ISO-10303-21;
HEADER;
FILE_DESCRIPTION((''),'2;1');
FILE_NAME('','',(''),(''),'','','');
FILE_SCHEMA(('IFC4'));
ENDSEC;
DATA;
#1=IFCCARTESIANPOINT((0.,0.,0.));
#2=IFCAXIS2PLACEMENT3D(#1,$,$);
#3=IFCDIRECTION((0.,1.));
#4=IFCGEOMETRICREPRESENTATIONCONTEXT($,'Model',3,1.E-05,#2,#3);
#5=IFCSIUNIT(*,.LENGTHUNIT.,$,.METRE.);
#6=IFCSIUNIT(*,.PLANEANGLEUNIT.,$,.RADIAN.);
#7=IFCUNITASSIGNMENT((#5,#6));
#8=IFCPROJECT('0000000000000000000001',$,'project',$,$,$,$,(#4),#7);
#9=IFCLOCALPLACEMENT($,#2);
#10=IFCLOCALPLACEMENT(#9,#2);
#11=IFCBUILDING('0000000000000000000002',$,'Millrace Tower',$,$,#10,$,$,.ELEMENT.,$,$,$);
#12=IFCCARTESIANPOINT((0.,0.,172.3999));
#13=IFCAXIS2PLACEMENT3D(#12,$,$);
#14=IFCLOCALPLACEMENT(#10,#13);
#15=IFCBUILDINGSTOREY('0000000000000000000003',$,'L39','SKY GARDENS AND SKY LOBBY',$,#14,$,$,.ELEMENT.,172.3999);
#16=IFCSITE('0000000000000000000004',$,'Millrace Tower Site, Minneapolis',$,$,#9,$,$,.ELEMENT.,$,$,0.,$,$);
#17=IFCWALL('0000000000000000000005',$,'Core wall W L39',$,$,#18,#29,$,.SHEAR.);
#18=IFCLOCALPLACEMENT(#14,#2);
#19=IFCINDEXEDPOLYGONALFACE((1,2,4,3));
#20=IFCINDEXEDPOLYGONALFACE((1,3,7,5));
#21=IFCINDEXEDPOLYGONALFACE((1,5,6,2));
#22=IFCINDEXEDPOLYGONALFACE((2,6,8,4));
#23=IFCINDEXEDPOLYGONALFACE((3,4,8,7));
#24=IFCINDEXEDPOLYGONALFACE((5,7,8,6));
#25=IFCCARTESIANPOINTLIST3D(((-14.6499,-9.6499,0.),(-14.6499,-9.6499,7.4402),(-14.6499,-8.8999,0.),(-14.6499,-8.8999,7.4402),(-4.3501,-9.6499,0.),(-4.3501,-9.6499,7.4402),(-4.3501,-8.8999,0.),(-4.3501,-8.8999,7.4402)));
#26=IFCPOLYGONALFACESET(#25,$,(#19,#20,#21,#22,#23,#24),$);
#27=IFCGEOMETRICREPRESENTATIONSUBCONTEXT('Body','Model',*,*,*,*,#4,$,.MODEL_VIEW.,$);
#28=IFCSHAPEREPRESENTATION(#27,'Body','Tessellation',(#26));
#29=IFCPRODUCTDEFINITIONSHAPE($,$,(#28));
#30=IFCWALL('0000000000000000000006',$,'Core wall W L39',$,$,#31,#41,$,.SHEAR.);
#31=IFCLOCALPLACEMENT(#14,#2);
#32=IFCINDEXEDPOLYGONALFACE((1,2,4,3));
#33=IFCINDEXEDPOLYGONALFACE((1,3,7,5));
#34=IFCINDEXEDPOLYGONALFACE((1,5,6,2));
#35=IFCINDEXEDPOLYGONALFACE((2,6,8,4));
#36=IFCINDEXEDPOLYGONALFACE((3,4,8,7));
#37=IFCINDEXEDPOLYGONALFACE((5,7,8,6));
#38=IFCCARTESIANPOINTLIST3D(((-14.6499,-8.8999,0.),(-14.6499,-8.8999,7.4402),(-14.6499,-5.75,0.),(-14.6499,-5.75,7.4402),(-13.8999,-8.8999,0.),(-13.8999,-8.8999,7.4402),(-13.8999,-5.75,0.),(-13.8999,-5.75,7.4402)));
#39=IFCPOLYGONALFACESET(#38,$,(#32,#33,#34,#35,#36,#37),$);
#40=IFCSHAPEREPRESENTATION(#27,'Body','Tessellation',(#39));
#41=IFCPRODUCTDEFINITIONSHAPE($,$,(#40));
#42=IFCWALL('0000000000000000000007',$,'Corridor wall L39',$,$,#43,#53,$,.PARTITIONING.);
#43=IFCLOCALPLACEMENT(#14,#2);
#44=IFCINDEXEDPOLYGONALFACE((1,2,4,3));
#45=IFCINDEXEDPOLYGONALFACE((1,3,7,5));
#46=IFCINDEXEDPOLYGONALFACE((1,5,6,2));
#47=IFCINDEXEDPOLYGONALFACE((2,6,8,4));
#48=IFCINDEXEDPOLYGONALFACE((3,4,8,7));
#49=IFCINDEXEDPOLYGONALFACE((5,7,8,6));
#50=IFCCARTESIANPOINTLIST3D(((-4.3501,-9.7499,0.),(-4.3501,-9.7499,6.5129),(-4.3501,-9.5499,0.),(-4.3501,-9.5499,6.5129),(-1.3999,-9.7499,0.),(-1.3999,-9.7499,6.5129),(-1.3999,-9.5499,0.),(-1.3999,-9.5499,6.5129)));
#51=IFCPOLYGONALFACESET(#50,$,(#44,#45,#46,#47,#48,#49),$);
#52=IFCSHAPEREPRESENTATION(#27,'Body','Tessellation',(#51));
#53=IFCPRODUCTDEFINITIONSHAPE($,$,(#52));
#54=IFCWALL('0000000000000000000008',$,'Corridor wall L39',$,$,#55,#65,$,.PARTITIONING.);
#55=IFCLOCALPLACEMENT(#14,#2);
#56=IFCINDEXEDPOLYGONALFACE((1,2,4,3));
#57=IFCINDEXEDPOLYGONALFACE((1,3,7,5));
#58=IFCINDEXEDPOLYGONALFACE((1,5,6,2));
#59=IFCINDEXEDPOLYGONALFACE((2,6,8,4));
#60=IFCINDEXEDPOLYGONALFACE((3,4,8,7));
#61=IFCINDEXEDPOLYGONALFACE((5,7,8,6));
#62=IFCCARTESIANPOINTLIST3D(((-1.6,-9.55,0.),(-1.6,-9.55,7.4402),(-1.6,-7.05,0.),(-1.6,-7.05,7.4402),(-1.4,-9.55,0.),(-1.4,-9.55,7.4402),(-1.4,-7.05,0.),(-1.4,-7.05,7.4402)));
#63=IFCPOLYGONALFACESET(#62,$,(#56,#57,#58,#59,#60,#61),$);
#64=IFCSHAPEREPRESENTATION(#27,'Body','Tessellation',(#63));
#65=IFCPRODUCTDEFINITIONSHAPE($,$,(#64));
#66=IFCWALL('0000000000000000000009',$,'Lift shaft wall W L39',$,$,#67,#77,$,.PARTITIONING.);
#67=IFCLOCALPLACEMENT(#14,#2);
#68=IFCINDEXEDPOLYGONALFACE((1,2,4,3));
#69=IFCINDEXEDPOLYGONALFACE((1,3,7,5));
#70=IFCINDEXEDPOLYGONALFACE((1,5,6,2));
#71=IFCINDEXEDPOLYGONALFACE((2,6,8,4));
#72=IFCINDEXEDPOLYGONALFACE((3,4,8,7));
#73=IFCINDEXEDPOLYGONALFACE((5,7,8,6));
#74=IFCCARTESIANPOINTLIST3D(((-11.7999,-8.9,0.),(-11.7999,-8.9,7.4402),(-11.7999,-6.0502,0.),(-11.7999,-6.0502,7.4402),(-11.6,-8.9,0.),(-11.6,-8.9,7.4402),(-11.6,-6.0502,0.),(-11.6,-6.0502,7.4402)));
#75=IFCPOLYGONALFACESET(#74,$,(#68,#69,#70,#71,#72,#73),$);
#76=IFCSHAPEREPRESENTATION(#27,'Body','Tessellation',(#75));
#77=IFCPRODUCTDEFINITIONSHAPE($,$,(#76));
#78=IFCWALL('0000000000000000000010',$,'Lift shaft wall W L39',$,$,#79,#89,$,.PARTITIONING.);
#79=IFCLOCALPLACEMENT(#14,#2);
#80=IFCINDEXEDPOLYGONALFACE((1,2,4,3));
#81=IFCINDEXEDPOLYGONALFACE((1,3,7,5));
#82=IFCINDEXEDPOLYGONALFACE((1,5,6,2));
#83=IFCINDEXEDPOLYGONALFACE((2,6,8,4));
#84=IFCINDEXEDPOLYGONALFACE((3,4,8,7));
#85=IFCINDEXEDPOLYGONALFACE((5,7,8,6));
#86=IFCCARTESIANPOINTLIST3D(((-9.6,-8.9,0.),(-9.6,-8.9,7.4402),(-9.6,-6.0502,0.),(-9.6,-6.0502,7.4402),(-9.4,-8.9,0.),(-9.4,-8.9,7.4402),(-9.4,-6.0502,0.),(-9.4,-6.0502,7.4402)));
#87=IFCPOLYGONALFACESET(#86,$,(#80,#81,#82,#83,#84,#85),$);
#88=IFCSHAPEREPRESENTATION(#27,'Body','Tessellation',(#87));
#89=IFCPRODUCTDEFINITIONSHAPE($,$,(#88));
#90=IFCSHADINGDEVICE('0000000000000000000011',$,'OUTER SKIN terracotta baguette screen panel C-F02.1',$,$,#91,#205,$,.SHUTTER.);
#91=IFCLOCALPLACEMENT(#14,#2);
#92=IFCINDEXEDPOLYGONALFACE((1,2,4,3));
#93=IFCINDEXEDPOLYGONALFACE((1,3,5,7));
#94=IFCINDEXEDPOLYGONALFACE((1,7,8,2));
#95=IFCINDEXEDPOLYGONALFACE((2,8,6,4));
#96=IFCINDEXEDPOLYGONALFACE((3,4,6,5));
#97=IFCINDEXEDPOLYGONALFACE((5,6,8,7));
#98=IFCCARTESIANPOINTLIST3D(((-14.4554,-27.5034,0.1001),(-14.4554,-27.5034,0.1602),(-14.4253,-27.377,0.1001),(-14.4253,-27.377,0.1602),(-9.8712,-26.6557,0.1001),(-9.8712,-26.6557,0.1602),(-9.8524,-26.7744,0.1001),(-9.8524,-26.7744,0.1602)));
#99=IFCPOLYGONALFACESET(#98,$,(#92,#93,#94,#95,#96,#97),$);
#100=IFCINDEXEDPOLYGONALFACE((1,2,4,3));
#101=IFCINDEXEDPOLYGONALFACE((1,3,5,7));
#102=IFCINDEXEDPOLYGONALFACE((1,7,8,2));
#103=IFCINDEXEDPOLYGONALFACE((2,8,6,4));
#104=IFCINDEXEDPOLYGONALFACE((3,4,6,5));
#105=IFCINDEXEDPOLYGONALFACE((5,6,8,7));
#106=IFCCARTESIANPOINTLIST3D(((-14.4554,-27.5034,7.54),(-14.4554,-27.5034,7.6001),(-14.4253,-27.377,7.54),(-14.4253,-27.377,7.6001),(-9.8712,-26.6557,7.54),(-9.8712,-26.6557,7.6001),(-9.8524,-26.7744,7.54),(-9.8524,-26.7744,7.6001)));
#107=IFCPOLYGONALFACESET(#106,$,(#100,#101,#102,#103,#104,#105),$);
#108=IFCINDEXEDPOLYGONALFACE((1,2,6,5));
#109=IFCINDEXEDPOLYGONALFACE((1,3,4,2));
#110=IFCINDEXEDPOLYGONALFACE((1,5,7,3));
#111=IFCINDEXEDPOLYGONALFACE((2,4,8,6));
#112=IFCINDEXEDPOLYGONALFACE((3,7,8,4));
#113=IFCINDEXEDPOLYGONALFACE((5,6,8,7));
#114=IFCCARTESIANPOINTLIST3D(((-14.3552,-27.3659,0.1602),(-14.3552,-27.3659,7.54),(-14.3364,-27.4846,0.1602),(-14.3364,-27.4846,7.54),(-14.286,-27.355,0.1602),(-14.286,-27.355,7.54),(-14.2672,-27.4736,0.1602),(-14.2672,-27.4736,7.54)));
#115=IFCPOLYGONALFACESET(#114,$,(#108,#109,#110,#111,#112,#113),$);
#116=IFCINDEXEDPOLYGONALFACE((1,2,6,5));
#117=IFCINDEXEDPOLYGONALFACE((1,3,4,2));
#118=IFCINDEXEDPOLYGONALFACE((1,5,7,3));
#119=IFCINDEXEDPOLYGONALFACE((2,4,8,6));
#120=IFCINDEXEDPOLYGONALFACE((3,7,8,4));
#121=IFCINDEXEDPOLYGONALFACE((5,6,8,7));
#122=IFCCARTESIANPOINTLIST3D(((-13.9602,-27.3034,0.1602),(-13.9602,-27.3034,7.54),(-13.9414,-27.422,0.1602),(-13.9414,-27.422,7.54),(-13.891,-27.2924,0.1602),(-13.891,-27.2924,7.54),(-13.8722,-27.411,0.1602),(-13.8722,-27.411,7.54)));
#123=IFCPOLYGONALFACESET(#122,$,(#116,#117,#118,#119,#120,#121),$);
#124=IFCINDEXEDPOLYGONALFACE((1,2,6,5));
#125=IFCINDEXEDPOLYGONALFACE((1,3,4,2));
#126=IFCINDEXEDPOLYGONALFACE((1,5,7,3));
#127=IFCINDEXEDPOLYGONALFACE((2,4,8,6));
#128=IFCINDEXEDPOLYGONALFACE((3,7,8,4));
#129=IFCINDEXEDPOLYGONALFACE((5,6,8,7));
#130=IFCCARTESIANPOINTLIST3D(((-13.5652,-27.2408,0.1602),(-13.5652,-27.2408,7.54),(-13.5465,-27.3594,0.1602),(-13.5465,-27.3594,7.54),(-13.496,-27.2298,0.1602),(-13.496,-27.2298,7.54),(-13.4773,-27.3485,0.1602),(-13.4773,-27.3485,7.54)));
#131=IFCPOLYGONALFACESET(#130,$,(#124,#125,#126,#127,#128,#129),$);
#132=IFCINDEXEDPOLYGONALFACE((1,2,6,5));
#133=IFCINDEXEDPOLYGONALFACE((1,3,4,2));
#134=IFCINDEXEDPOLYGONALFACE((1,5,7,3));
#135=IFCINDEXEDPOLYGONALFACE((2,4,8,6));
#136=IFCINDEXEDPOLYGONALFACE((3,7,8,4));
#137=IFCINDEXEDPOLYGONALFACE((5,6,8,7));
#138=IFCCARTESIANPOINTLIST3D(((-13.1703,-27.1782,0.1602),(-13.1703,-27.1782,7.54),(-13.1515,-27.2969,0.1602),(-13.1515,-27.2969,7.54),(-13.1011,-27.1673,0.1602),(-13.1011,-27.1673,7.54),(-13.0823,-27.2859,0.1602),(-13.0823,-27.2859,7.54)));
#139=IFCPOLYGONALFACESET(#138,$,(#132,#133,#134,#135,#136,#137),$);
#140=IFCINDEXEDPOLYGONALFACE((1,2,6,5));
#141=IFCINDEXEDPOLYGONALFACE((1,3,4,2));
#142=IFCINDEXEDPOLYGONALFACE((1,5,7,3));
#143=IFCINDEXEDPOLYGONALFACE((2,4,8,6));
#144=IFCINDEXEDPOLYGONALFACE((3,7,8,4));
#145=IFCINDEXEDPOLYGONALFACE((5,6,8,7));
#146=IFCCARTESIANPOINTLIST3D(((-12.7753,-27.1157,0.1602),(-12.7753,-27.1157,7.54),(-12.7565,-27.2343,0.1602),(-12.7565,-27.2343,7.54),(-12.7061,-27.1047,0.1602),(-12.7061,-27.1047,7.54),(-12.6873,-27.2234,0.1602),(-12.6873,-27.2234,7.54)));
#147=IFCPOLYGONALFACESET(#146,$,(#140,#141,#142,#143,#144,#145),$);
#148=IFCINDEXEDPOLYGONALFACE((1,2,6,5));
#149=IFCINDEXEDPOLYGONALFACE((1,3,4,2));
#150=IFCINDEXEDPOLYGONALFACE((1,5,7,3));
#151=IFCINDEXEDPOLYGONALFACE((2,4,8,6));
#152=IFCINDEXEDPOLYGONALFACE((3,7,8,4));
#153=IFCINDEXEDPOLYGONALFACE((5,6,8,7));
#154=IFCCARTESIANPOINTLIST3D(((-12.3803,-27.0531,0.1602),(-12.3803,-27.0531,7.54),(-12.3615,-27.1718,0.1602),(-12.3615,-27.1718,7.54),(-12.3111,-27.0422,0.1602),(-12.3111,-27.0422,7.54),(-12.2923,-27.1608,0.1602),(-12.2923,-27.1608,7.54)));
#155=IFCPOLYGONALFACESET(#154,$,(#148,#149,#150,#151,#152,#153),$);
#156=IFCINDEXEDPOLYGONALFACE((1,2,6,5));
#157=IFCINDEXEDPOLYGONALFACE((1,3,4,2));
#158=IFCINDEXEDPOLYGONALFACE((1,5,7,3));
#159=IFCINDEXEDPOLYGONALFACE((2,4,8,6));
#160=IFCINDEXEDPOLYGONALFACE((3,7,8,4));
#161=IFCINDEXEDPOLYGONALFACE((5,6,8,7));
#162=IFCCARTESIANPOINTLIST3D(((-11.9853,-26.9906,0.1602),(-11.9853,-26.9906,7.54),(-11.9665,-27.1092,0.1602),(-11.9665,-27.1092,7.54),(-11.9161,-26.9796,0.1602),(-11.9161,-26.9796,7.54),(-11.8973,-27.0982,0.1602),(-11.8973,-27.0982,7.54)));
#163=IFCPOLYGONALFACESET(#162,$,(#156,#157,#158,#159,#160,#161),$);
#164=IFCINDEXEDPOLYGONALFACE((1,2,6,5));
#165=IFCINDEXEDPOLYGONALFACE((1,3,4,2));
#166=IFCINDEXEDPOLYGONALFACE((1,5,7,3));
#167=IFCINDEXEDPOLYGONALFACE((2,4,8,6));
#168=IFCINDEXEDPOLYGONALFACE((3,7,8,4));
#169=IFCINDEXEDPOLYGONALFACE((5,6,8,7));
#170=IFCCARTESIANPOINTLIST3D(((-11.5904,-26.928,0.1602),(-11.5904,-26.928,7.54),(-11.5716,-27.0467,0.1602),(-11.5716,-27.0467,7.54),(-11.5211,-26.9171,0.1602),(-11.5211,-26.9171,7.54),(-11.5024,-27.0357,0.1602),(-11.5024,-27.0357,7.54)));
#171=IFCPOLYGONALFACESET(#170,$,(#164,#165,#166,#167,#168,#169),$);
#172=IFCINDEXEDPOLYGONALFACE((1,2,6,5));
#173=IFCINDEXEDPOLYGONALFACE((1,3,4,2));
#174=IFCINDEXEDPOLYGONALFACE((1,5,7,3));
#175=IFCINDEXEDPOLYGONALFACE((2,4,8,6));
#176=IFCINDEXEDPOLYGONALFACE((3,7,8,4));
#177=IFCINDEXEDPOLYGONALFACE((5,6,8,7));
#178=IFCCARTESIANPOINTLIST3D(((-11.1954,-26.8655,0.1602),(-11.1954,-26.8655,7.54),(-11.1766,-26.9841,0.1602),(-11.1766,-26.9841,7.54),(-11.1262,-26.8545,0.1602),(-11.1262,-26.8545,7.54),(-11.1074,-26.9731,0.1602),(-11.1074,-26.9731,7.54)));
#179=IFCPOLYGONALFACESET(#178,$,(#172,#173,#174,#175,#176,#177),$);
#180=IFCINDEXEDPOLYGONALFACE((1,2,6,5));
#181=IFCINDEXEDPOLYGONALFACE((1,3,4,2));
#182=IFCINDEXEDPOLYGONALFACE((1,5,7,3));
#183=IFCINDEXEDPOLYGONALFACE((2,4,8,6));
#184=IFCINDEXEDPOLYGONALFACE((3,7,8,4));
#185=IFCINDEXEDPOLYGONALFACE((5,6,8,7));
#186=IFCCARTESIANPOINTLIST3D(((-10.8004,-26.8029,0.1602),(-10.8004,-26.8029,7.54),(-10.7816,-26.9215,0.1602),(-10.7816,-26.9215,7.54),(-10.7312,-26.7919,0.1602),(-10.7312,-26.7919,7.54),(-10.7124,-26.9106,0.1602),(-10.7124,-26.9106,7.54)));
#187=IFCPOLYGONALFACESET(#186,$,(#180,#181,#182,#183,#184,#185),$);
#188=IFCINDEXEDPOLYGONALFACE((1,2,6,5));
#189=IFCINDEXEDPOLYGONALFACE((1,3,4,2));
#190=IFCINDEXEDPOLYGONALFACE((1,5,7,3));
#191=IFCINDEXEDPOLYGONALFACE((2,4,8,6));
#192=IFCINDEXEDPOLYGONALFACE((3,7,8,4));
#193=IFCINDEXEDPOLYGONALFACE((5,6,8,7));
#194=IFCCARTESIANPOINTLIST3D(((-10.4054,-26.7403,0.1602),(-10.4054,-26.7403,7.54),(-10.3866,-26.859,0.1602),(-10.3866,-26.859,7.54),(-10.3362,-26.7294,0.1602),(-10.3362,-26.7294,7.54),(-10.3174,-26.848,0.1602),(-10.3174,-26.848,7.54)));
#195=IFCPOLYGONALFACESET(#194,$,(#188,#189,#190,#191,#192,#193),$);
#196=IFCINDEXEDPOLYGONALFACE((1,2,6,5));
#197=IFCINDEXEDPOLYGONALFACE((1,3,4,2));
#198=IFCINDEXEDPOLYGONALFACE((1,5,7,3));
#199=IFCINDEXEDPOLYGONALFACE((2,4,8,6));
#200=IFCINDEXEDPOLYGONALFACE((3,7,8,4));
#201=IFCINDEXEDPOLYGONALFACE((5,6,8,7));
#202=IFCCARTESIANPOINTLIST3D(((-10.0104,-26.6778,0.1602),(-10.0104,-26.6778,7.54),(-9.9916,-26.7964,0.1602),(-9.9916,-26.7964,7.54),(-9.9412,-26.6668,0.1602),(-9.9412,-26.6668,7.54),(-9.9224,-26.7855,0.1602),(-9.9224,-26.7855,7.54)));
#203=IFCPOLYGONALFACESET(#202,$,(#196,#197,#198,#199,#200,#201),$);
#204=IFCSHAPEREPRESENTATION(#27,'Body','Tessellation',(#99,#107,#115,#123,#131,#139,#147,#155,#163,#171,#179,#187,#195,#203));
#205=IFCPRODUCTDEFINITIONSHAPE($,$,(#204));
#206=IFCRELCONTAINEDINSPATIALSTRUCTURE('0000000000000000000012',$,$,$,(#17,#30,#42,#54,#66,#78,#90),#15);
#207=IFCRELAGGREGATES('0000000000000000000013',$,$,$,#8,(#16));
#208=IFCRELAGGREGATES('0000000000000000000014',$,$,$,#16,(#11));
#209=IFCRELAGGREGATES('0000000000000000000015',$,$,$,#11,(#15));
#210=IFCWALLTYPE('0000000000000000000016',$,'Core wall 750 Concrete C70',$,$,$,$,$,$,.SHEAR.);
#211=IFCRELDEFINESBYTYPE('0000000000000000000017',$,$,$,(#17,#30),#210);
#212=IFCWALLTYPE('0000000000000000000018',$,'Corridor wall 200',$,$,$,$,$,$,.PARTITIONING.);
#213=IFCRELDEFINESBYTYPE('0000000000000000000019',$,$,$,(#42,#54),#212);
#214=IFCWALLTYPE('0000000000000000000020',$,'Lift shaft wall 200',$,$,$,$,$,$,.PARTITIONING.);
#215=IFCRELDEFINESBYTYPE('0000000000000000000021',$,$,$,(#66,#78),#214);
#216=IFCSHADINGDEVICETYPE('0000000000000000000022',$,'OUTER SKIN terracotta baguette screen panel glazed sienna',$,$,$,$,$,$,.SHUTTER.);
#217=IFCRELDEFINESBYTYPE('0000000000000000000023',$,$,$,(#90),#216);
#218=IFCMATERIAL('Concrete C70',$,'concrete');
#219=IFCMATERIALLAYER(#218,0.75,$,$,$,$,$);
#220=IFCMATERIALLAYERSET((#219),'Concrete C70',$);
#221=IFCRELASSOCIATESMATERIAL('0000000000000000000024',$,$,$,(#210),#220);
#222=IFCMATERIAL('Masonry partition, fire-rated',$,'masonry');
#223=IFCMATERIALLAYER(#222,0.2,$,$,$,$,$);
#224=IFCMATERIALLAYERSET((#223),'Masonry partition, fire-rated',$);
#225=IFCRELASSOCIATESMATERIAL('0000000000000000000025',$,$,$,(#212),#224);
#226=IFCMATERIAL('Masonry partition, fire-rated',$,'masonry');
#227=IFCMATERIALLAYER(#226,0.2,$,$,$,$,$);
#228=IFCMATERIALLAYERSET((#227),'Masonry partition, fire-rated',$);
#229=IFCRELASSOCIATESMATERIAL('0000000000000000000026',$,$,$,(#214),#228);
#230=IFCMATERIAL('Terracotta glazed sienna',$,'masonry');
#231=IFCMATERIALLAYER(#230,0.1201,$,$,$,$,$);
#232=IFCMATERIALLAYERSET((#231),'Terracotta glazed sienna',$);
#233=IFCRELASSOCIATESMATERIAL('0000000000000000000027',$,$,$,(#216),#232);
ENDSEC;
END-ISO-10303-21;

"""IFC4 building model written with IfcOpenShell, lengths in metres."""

from ifc_helpers import new_model, entity, si_unit, direction, frame, frame_2d, origin, place, context, subcontext, project, spatial, rectangle, extrude, source, transform, mapped, material, layer, layer_set, type_object, element, save


model = new_model("IFC4")

# Units and contexts
model_context = context("Model", 3, precision=1e-05, world=origin(), true_north=direction((0.0, 1.0)))
body_context = subcontext(model_context, "Body", "Model", "MODEL_VIEW")
ifc_project = project(units=[si_unit("LENGTHUNIT", "METRE"), si_unit("PLANEANGLEUNIT", "RADIAN")], contexts=[model_context])

# Site, building, storey
site_placement = place(None, origin())
site = spatial("IfcSite", under=ifc_project, at=site_placement, Name="Millrace Tower Site, Minneapolis", CompositionType="ELEMENT", RefElevation=0.0)
building_placement = place(site_placement, origin())
building = spatial("IfcBuilding", under=site, at=building_placement, Name="Millrace Tower", CompositionType="ELEMENT")
storey_placement = place(building_placement, frame((0.0, 0.0, 172.3999)))
storey = spatial("IfcBuildingStorey", under=building, at=storey_placement, Name="L39", Description="SKY GARDENS AND SKY LOBBY", CompositionType="ELEMENT", Elevation=172.3999)

# Walls
ifc_material_1 = material(Name="Concrete C70", Category="concrete")
ifc_layer_1 = layer(ifc_material_1, 0.75)
ifc_layer_set_1 = layer_set([ifc_layer_1], Name="Concrete C70")
wall_type_1 = type_object("IfcWallType", Name="Core wall 750 Concrete C70", PredefinedType="SHEAR", material=ifc_layer_set_1)
wall_1_placement = place(storey_placement, frame((-14.6499, -9.2749, 0.0), z_axis=(0.0, 0.0, 1.0), x_axis=(1.0, 0.0, 0.0)))
element("IfcWall", 1, at=wall_1_placement, inside=storey, type_object=wall_type_1, Name="Core wall W L39", PredefinedType="SHEAR", context=body_context, shape_type="SweptSolid", body=[
    extrude(rectangle(XDim=10.2998, YDim=0.75, at=frame_2d((5.1499, 0.0))), origin(), (0.0, 0.0, 1.0), 7.4402),
])
wall_2_placement = place(storey_placement, frame((-14.2749, -8.8999, 0.0), z_axis=(0.0, 0.0, 1.0), x_axis=(0.0, 1.0, 0.0)))
element("IfcWall", 2, at=wall_2_placement, inside=storey, type_object=wall_type_1, Name="Core wall W L39", PredefinedType="SHEAR", context=body_context, shape_type="SweptSolid", body=[
    extrude(rectangle(XDim=3.1499, YDim=0.75, at=frame_2d((1.575, 0.0))), origin(), (0.0, 0.0, 1.0), 7.4402),
])
ifc_material_2 = material(Name="Masonry partition, fire-rated", Category="masonry")
ifc_layer_2 = layer(ifc_material_2, 0.2)
ifc_layer_set_2 = layer_set([ifc_layer_2], Name="Masonry partition, fire-rated")
wall_type_2 = type_object("IfcWallType", Name="Corridor wall 200", PredefinedType="PARTITIONING", material=ifc_layer_set_2)
wall_3_placement = place(storey_placement, frame((-4.3501, -9.6499, 0.0), z_axis=(0.0, 0.0, 1.0), x_axis=(1.0, 0.0, 0.0)))
element("IfcWall", 3, at=wall_3_placement, inside=storey, type_object=wall_type_2, Name="Corridor wall L39", PredefinedType="PARTITIONING", context=body_context, shape_type="SweptSolid", body=[
    extrude(rectangle(XDim=2.9502, YDim=0.2, at=frame_2d((1.4751, 0.0))), origin(), (0.0, 0.0, 1.0), 6.5129),
])
wall_4_placement = place(storey_placement, frame((-1.5, -9.55, 0.0), z_axis=(0.0, 0.0, 1.0), x_axis=(0.0, 1.0, 0.0)))
element("IfcWall", 4, at=wall_4_placement, inside=storey, type_object=wall_type_2, Name="Corridor wall L39", PredefinedType="PARTITIONING", context=body_context, shape_type="SweptSolid", body=[
    extrude(rectangle(XDim=2.5, YDim=0.2, at=frame_2d((1.25, 0.0))), origin(), (0.0, 0.0, 1.0), 7.4402),
])
ifc_material_3 = material(Name="Masonry partition, fire-rated", Category="masonry")
ifc_layer_3 = layer(ifc_material_3, 0.2)
ifc_layer_set_3 = layer_set([ifc_layer_3], Name="Masonry partition, fire-rated")
wall_type_3 = type_object("IfcWallType", Name="Lift shaft wall 200", PredefinedType="PARTITIONING", material=ifc_layer_set_3)
for number, where, z_axis, x_axis, name in (
    (5, (-11.7, -8.8999, 0.0), (0.0, 0.0, 1.0), (0.0, 1.0, 0.0), "Lift shaft wall W L39"),
    (6, (-9.5, -8.8999, 0.0), (0.0, 0.0, 1.0), (0.0, 1.0, 0.0), "Lift shaft wall W L39"),
):
    element("IfcWall", number, at=place(storey_placement, frame(where, z_axis=z_axis, x_axis=x_axis)), inside=storey, type_object=wall_type_3, Name=name, PredefinedType="PARTITIONING", context=body_context, shape_type="SweptSolid", body=[
        extrude(rectangle(XDim=2.8499, YDim=0.2, at=frame_2d((1.4248, 0.0))), origin(), (0.0, 0.0, 1.0), 7.4402),
    ])

# Shading device
ifc_material_4 = material(Name="Terracotta glazed sienna", Category="masonry")
ifc_layer_4 = layer(ifc_material_4, 0.1201)
ifc_layer_set_4 = layer_set([ifc_layer_4], Name="Terracotta glazed sienna")
shading_device_type = type_object("IfcShadingDeviceType", Name="OUTER SKIN terracotta baguette screen panel glazed sienna", PredefinedType="SHUTTER", material=ifc_layer_set_4)
cartesian_point_1 = entity("IfcCartesianPoint", [-2.293, 0.0601])
shared_polyline_1 = entity("IfcPolyline", [cartesian_point_1, entity("IfcCartesianPoint", [2.3179, 0.0601]), entity("IfcCartesianPoint", [2.3179, -0.0601]), entity("IfcCartesianPoint", [-2.3425, -0.0601]), cartesian_point_1])
shared_shape_1 = source(origin(), body_context, "Body", "SweptSolid", [
    entity("IfcExtrudedAreaSolid", entity("IfcArbitraryClosedProfileDef", "AREA", None, shared_polyline_1), entity("IfcAxis2Placement3D", entity("IfcCartesianPoint", [0.0, 0.0, 0.0])), entity("IfcDirection", [0.0, 0.0, 1.0]), 0.0601),
    entity("IfcExtrudedAreaSolid", entity("IfcArbitraryClosedProfileDef", "AREA", None, shared_polyline_1), entity("IfcAxis2Placement3D", entity("IfcCartesianPoint", [0.0, 0.0, 7.4399])), entity("IfcDirection", [0.0, 0.0, 1.0]), 0.0601),
    extrude(rectangle(XDim=0.0701, YDim=0.1201, at=frame_2d((-2.187, 0.0))), frame((0.0, 0.0, 0.0601)), (0.0, 0.0, 1.0), 7.3799),
    extrude(rectangle(XDim=0.0701, YDim=0.1201, at=frame_2d((-1.7871, 0.0))), frame((0.0, 0.0, 0.0601)), (0.0, 0.0, 1.0), 7.3799),
    extrude(rectangle(XDim=0.0701, YDim=0.1201, at=frame_2d((-1.3872, 0.0))), frame((0.0, 0.0, 0.0601)), (0.0, 0.0, 1.0), 7.3799),
    extrude(rectangle(XDim=0.0701, YDim=0.1201, at=frame_2d((-0.9873, 0.0))), frame((0.0, 0.0, 0.0601)), (0.0, 0.0, 1.0), 7.3799),
    extrude(rectangle(XDim=0.0701, YDim=0.1201, at=frame_2d((-0.5874, 0.0))), frame((0.0, 0.0, 0.0601)), (0.0, 0.0, 1.0), 7.3799),
    extrude(rectangle(XDim=0.0701, YDim=0.1201, at=frame_2d((-0.1875, 0.0))), frame((0.0, 0.0, 0.0601)), (0.0, 0.0, 1.0), 7.3799),
    extrude(rectangle(XDim=0.0701, YDim=0.1201, at=frame_2d((0.2124, 0.0))), frame((0.0, 0.0, 0.0601)), (0.0, 0.0, 1.0), 7.3799),
    extrude(rectangle(XDim=0.0701, YDim=0.1201, at=frame_2d((0.6123, 0.0))), frame((0.0, 0.0, 0.0601)), (0.0, 0.0, 1.0), 7.3799),
    extrude(rectangle(XDim=0.0701, YDim=0.1201, at=frame_2d((1.0122, 0.0))), frame((0.0, 0.0, 0.0601)), (0.0, 0.0, 1.0), 7.3799),
    extrude(rectangle(XDim=0.0701, YDim=0.1201, at=frame_2d((1.4121, 0.0))), frame((0.0, 0.0, 0.0601)), (0.0, 0.0, 1.0), 7.3799),
    extrude(rectangle(XDim=0.0701, YDim=0.1201, at=frame_2d((1.812, 0.0))), frame((0.0, 0.0, 0.0601)), (0.0, 0.0, 1.0), 7.3799),
    extrude(rectangle(XDim=0.0701, YDim=0.1201, at=frame_2d((2.2119, 0.0))), frame((0.0, 0.0, 0.0601)), (0.0, 0.0, 1.0), 7.3799),
])
shading_device_1_placement = place(storey_placement, frame((-12.1511, -27.0776, 0.1001), z_axis=(0.0, 0.0, 1.0), x_axis=(0.987688, 0.156434, 0.0)))
element("IfcShadingDevice", 7, at=shading_device_1_placement, inside=storey, type_object=shading_device_type, Name="OUTER SKIN terracotta baguette screen panel C-F02.1", PredefinedType="SHUTTER", context=body_context, shape_type="MappedRepresentation", body=[
    mapped(shared_shape_1, transform((0.0, 0.0, 0.0), scale=1.0)),
])

save(model, "model.ifc")
